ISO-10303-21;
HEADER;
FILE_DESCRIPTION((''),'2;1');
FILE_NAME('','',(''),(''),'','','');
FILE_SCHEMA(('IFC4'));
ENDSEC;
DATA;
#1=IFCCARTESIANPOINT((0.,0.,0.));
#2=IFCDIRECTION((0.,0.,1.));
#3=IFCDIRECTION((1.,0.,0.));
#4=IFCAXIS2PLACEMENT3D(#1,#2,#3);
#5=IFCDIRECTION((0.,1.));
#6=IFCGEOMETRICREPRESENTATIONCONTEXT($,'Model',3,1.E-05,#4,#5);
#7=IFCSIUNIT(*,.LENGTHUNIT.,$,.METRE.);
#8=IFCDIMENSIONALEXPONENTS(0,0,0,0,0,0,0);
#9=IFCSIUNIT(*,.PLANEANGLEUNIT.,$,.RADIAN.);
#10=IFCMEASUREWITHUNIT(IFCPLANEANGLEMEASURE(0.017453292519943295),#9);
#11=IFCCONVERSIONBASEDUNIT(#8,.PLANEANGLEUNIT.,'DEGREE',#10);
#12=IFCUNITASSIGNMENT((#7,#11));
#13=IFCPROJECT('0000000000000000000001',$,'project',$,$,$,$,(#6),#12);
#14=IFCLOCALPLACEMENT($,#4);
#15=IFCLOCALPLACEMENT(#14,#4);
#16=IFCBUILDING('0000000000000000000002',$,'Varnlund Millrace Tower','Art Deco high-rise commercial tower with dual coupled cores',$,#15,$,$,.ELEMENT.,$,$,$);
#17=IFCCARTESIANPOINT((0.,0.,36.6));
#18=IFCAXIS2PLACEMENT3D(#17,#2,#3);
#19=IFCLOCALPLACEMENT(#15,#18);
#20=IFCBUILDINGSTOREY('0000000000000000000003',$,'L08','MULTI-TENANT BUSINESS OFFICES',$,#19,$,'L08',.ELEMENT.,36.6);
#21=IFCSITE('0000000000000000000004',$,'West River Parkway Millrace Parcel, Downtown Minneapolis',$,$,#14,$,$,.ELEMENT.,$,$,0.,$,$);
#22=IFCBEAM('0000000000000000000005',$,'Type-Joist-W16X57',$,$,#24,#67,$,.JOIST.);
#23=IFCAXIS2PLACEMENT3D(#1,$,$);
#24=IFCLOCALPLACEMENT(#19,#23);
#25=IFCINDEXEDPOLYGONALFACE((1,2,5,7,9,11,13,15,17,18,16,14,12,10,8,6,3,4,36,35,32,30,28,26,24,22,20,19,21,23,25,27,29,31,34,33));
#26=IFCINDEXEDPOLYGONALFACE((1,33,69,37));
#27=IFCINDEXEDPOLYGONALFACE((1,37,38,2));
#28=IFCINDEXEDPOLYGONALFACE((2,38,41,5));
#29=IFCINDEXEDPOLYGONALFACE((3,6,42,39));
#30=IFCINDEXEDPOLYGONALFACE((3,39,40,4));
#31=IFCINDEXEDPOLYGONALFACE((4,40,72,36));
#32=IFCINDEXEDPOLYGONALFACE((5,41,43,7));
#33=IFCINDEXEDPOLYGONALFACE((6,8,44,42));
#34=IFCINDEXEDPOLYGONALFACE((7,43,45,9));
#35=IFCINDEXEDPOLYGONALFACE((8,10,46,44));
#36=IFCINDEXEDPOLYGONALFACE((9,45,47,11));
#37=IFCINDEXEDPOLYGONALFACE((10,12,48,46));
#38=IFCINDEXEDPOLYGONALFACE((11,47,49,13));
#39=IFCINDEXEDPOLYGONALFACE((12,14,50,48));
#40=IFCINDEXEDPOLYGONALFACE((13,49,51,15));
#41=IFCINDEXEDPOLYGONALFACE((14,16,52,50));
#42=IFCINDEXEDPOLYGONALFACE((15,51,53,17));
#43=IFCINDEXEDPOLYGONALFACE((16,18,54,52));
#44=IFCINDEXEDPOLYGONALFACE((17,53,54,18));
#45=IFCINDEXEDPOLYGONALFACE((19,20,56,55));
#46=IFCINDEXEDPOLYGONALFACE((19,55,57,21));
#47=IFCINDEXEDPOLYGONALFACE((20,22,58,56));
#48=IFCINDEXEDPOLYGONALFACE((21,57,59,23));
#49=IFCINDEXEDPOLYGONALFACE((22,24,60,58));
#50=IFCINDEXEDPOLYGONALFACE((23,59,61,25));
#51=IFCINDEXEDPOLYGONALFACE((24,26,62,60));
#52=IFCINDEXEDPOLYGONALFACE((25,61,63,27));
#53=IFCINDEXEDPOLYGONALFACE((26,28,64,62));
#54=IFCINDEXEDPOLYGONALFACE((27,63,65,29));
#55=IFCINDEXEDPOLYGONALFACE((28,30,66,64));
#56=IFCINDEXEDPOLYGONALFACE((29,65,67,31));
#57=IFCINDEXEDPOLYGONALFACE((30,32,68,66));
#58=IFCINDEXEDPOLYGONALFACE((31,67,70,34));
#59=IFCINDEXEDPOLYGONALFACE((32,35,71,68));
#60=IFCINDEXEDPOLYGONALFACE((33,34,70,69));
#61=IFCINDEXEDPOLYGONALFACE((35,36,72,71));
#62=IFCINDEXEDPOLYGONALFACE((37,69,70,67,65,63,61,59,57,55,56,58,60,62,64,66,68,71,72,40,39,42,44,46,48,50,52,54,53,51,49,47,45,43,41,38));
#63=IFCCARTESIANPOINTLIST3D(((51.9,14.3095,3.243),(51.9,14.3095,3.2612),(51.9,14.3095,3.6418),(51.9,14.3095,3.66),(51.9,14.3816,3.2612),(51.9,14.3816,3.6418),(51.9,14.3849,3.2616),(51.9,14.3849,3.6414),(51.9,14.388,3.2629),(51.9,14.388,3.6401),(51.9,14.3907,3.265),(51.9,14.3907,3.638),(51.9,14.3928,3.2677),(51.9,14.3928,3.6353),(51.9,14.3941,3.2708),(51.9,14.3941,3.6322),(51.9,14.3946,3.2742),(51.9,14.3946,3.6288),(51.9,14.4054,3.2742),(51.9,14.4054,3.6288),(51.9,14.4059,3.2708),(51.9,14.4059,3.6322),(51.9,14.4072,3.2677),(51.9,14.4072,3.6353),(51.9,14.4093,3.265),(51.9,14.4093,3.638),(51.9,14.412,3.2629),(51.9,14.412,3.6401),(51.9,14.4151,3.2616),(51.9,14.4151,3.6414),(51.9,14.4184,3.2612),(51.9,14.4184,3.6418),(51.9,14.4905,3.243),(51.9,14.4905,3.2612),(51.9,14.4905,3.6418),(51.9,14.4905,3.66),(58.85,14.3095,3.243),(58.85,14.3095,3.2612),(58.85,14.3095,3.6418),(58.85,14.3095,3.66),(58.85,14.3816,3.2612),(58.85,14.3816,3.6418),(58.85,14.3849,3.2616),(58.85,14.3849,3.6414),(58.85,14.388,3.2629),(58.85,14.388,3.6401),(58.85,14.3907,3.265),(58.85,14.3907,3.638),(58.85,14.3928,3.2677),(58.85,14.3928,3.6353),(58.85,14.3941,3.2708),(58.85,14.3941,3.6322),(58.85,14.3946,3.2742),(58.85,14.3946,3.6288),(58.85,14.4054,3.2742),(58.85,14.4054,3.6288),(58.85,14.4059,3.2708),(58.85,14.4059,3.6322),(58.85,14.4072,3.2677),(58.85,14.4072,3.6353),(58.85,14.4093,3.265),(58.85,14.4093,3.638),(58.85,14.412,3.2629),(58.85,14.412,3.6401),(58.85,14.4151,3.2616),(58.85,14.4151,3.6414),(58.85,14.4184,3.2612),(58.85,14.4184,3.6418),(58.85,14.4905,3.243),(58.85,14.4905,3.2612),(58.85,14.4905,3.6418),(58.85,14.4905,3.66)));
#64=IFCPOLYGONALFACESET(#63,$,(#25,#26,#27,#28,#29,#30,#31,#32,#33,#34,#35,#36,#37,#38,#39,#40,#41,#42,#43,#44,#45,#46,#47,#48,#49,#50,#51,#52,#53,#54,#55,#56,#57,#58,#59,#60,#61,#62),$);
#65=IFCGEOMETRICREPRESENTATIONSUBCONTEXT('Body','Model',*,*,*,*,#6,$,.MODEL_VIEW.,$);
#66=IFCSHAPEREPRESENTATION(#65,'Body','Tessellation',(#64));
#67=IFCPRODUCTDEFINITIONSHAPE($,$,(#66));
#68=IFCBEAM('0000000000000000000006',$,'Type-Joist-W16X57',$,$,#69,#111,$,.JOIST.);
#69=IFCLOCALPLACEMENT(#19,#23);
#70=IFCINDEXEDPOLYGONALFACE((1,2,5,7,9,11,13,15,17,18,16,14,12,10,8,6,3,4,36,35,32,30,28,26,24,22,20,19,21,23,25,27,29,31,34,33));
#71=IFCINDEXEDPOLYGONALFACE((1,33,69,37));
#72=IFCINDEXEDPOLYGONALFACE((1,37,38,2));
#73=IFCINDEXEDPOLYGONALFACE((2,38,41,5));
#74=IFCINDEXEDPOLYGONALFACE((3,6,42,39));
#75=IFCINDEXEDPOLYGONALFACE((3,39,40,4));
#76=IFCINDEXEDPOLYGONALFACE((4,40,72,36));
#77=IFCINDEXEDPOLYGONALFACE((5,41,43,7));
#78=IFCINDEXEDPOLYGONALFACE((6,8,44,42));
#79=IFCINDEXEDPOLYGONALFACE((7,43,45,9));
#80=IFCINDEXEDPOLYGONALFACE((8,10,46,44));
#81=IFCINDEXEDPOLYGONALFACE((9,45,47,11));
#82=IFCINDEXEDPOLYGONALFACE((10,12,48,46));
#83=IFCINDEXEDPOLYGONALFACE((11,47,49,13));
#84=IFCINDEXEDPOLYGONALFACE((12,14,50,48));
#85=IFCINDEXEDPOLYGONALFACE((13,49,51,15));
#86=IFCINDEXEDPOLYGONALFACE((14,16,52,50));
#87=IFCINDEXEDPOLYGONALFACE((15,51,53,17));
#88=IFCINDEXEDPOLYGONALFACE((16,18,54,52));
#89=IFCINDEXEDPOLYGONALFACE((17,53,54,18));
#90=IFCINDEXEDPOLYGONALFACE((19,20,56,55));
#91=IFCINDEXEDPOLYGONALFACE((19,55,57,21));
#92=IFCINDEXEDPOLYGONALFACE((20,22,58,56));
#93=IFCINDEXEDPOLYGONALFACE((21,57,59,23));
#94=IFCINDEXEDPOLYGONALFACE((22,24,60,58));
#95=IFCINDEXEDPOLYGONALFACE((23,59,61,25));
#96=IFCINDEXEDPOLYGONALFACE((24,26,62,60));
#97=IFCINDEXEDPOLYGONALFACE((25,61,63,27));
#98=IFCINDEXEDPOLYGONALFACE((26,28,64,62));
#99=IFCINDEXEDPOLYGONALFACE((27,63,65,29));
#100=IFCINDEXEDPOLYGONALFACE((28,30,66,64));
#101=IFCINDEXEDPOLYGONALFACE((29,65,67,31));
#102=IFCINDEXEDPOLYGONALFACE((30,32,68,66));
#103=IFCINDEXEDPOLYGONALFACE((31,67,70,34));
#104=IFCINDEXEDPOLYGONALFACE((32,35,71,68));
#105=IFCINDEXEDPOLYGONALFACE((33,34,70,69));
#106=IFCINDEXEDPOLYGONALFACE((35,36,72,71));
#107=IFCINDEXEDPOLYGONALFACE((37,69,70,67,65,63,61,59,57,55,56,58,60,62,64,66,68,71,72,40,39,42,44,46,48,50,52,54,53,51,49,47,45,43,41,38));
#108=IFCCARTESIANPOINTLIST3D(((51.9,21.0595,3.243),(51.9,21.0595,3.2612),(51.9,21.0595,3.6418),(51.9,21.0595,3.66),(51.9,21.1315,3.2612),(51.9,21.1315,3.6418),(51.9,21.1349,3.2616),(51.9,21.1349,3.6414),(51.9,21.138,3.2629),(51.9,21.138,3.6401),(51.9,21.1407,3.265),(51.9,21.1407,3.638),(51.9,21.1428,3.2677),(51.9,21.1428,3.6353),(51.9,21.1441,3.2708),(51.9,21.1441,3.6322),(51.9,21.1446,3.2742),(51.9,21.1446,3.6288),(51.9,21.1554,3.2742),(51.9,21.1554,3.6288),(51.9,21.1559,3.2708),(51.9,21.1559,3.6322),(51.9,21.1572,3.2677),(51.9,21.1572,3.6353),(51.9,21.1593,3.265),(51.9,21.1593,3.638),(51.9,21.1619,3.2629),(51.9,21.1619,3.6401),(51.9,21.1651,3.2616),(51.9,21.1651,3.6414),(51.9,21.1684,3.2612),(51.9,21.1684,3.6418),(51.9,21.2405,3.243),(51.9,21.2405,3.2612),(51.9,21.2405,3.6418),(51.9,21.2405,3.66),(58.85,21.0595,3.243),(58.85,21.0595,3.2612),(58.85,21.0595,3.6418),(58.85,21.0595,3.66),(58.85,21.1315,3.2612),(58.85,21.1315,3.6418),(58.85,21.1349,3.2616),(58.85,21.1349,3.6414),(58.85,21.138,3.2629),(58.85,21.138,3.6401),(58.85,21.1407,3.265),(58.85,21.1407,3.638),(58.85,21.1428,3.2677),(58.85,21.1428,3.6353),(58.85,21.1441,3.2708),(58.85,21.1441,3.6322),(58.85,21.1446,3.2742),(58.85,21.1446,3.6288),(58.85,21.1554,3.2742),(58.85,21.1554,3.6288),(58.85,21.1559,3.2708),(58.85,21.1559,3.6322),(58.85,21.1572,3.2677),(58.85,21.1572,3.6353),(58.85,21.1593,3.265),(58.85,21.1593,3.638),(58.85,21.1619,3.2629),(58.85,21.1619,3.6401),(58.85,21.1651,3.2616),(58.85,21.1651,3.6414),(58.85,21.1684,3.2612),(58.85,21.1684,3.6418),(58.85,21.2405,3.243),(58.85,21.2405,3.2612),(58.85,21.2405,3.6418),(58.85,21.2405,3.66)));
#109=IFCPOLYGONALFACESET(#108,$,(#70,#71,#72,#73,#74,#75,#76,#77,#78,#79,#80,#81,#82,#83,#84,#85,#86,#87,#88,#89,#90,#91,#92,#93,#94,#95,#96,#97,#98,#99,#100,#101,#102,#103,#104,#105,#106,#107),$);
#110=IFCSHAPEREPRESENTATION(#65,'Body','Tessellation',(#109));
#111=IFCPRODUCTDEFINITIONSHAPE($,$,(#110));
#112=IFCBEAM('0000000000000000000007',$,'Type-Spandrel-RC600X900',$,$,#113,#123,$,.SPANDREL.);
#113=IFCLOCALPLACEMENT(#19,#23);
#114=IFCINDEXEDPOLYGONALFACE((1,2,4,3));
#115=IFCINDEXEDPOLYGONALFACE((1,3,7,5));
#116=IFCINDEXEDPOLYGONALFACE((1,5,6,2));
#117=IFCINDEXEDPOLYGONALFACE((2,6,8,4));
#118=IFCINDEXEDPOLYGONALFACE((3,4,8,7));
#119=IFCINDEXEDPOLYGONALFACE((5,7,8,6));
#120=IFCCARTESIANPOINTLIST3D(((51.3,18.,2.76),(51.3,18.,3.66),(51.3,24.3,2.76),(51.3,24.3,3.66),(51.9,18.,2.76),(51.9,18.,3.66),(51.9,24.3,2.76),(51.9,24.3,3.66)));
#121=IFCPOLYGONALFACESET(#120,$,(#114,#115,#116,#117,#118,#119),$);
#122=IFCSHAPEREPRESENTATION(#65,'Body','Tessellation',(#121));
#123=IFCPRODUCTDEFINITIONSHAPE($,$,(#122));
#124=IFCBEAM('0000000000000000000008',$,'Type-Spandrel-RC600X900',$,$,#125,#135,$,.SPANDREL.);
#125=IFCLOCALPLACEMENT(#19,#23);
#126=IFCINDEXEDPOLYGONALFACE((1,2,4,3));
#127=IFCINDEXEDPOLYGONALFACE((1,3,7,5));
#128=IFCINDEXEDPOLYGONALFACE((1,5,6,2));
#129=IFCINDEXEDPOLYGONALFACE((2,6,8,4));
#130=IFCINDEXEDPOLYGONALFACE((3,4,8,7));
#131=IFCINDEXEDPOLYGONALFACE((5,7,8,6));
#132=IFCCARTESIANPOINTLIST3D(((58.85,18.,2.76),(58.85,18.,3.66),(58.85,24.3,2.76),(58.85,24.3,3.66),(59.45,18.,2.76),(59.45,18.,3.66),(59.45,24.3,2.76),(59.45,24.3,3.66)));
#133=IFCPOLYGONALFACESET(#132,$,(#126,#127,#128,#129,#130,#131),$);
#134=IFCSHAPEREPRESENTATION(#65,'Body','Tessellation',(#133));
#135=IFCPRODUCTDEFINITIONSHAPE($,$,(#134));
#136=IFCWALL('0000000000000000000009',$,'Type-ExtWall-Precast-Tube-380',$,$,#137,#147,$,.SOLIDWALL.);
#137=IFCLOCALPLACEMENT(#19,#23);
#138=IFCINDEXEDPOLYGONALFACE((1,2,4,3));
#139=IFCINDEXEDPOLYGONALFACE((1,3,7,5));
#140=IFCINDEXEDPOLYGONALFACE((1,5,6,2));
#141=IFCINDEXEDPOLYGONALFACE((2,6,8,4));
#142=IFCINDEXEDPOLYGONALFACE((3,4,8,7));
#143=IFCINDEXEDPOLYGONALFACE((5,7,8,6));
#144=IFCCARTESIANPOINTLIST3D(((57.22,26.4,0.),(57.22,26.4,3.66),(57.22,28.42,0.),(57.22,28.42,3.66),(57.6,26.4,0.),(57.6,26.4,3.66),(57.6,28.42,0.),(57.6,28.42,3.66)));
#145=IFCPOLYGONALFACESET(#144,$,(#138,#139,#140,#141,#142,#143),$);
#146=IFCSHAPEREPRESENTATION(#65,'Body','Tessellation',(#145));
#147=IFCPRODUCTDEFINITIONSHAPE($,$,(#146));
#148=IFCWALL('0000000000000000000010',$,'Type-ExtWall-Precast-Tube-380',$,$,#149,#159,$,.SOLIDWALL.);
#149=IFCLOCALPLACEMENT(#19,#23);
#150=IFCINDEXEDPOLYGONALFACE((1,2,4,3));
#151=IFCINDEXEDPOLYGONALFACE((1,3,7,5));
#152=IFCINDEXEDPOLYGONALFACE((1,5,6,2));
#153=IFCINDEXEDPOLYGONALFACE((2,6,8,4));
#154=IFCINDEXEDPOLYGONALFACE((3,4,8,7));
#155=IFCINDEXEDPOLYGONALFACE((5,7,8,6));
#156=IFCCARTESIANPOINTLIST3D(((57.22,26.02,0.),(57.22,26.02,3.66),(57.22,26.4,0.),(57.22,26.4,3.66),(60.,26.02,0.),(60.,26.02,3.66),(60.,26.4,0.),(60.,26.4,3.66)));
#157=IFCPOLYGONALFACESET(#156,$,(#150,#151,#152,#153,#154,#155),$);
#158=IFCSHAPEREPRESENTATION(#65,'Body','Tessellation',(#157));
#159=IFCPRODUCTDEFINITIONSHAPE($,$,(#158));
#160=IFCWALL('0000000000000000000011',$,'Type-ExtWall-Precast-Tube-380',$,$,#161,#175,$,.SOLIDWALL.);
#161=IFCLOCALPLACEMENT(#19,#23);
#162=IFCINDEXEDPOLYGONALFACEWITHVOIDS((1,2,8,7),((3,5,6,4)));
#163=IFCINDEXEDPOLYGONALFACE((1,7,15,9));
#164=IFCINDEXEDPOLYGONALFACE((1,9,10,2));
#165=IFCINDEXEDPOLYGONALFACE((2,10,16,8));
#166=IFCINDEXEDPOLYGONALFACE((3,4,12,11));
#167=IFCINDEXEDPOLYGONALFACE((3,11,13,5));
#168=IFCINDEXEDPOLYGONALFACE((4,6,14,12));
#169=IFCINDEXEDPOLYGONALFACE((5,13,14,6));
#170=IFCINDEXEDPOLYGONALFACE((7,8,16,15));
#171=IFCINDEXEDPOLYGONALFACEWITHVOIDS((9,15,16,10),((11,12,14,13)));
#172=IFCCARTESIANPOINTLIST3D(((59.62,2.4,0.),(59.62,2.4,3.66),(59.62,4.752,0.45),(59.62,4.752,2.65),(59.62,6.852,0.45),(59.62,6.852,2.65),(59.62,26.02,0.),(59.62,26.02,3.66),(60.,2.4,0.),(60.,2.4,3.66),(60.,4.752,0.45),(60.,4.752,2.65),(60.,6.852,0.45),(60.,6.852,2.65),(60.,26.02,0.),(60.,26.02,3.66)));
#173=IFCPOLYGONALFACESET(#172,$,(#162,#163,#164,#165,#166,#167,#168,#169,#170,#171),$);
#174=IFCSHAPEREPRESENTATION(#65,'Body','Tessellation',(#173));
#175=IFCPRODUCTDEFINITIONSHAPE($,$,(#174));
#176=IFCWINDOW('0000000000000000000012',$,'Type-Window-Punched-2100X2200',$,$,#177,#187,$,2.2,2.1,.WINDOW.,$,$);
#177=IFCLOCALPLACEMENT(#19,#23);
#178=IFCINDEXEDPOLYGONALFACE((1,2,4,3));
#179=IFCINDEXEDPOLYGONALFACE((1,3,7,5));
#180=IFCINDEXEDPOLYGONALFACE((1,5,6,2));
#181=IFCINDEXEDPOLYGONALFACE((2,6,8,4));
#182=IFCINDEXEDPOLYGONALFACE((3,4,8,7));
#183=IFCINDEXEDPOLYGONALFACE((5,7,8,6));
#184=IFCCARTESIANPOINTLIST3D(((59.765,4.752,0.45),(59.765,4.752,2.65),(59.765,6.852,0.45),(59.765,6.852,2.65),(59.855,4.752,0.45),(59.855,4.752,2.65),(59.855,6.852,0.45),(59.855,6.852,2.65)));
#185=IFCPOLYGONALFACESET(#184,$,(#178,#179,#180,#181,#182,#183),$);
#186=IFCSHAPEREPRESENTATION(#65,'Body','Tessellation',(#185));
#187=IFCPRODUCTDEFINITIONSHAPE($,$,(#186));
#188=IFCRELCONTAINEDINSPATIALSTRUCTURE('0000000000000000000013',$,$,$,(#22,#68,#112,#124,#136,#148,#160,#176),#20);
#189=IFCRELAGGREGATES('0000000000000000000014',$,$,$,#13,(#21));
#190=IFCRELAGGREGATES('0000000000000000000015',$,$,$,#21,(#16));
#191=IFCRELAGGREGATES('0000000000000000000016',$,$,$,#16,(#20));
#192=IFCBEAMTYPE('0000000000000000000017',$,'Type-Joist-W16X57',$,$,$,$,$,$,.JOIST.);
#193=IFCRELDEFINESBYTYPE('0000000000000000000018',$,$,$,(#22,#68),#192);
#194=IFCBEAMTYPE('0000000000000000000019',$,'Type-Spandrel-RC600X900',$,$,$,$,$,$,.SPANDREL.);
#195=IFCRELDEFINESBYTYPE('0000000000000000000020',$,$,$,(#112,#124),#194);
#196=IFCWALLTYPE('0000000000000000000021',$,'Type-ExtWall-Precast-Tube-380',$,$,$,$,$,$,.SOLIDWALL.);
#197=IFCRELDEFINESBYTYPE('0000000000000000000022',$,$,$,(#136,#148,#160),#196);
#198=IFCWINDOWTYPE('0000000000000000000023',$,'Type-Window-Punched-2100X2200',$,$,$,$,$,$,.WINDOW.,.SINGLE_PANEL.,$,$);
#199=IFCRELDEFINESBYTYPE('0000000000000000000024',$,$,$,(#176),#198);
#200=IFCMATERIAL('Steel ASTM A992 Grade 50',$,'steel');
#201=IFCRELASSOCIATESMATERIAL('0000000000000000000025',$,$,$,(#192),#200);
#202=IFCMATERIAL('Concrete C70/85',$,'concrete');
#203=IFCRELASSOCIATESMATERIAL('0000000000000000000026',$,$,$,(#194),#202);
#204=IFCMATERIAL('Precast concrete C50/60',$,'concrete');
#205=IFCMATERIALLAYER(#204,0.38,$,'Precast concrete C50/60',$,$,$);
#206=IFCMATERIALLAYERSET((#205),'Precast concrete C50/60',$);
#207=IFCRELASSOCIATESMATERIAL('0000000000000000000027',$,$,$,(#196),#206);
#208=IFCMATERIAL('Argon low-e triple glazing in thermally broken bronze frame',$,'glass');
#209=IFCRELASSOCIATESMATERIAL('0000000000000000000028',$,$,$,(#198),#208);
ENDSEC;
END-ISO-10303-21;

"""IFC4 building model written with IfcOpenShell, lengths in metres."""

from ifc_helpers import new_model, entity, si_unit, converted_unit, direction, frame, origin_with_axes, origin_2d_with_axis, place, context, subcontext, project, spatial, polyline, rectangle, i_section, outline, extrude, material, layer, layer_set, material_profile, profile_set, type_object, element, fill, save


model = new_model("IFC4")

# Units and contexts
model_context = context("Model", 3, precision=1e-05, world=origin_with_axes(), true_north=direction((0.0, 1.0)))
body_context = subcontext(model_context, "Body", "Model", "MODEL_VIEW")
ifc_project = project(units=[si_unit("LENGTHUNIT", "METRE"), converted_unit("PLANEANGLEUNIT", "DEGREE", entity("IfcPlaneAngleMeasure", 0.017453292519943295), si_unit("PLANEANGLEUNIT", "RADIAN"), dimensions=[0, 0, 0, 0, 0, 0, 0])], contexts=[model_context])

# Site, building, storey
site_placement = place(None, origin_with_axes())
site = spatial("IfcSite", under=ifc_project, at=site_placement, Name="West River Parkway Millrace Parcel, Downtown Minneapolis", CompositionType="ELEMENT", RefElevation=0.0)
building_placement = place(site_placement, origin_with_axes())
building = spatial("IfcBuilding", under=site, at=building_placement, Name="Varnlund Millrace Tower", Description="Art Deco high-rise commercial tower with dual coupled cores", CompositionType="ELEMENT")
storey_placement = place(building_placement, frame((0.0, 0.0, 36.6), z_axis=(0.0, 0.0, 1.0), x_axis=(1.0, 0.0, 0.0)))
storey = spatial("IfcBuildingStorey", under=building, at=storey_placement, Name="L08", Description="MULTI-TENANT BUSINESS OFFICES", LongName="L08", CompositionType="ELEMENT", Elevation=36.6)

# Beams
ifc_material_1 = material(Name="Steel ASTM A992 Grade 50", Category="steel")
ifc_material_profile_1 = material_profile(ifc_material_1, i_section(OverallWidth=0.181, OverallDepth=0.417, WebThickness=0.0109, FlangeThickness=0.0182, FilletRadius=0.013, at=origin_2d_with_axis()), Name="Steel ASTM A992 Grade 50")
ifc_profile_set_1 = profile_set([ifc_material_profile_1], Name="Steel ASTM A992 Grade 50")
beam_type_1 = type_object("IfcBeamType", Name="Type-Joist-W16X57", PredefinedType="JOIST", material=ifc_profile_set_1)
for number, where, z_axis, x_axis, name in (
    (1, (51.9, 14.4, 3.4515), (1.0, 0.0, 0.0), (0.0, 1.0, 0.0), "Type-Joist-W16X57"),
    (2, (51.9, 21.15, 3.4515), (1.0, 0.0, 0.0), (0.0, 1.0, 0.0), "Type-Joist-W16X57"),
):
    element("IfcBeam", number, at=place(storey_placement, frame(where, z_axis=z_axis, x_axis=x_axis)), inside=storey, type_object=beam_type_1, Name=name, PredefinedType="JOIST", context=body_context, shape_type="SweptSolid", body=[
        extrude(i_section(OverallWidth=0.181, OverallDepth=0.417, WebThickness=0.0109, FlangeThickness=0.0182, FilletRadius=0.013, at=origin_2d_with_axis()), origin_with_axes(), (0.0, 0.0, 1.0), 6.95),
    ])
ifc_material_2 = material(Name="Concrete C70/85", Category="concrete")
ifc_material_profile_2 = material_profile(ifc_material_2, rectangle(XDim=0.6, YDim=0.9, at=origin_2d_with_axis()), Name="Concrete C70/85")
ifc_profile_set_2 = profile_set([ifc_material_profile_2], Name="Concrete C70/85")
beam_type_2 = type_object("IfcBeamType", Name="Type-Spandrel-RC600X900", PredefinedType="SPANDREL", material=ifc_profile_set_2)
for number, where, z_axis, x_axis, name in (
    (3, (51.6, 18.0, 3.21), (0.0, 1.0, 0.0), (-1.0, 0.0, 0.0), "Type-Spandrel-RC600X900"),
    (4, (59.15, 18.0, 3.21), (0.0, 1.0, 0.0), (-1.0, 0.0, 0.0), "Type-Spandrel-RC600X900"),
):
    element("IfcBeam", number, at=place(storey_placement, frame(where, z_axis=z_axis, x_axis=x_axis)), inside=storey, type_object=beam_type_2, Name=name, PredefinedType="SPANDREL", context=body_context, shape_type="SweptSolid", body=[
        extrude(rectangle(XDim=0.6, YDim=0.9, at=origin_2d_with_axis()), origin_with_axes(), (0.0, 0.0, 1.0), 6.3),
    ])

# Walls
ifc_material_3 = material(Name="Precast concrete C50/60", Category="concrete")
ifc_layer_1 = layer(ifc_material_3, 0.38, Name="Precast concrete C50/60")
ifc_layer_set_1 = layer_set([ifc_layer_1], Name="Precast concrete C50/60")
wall_type_1 = type_object("IfcWallType", Name="Type-ExtWall-Precast-Tube-380", PredefinedType="SOLIDWALL", material=ifc_layer_set_1)
wall_1_placement = place(storey_placement, frame((57.41, 28.42, 0.0), z_axis=(0.0, 0.0, 1.0), x_axis=(0.0, -1.0, 0.0)))
element("IfcWall", 5, at=wall_1_placement, inside=storey, type_object=wall_type_1, Name="Type-ExtWall-Precast-Tube-380", PredefinedType="SOLIDWALL", context=body_context, shape_type="SweptSolid", body=[
    extrude(outline(polyline([(0.0, -0.19), (2.02, -0.19), (2.02, 0.19), (0.0, 0.19), (0.0, -0.19)])), origin_with_axes(), (0.0, 0.0, 1.0), 3.66),
])
wall_2_placement = place(storey_placement, frame((57.22, 26.21, 0.0), z_axis=(0.0, 0.0, 1.0), x_axis=(1.0, 0.0, 0.0)))
element("IfcWall", 6, at=wall_2_placement, inside=storey, type_object=wall_type_1, Name="Type-ExtWall-Precast-Tube-380", PredefinedType="SOLIDWALL", context=body_context, shape_type="SweptSolid", body=[
    extrude(outline(polyline([(0.0, -0.19), (2.78, -0.19), (2.78, 0.19), (0.0, 0.19), (0.0, -0.19)])), origin_with_axes(), (0.0, 0.0, 1.0), 3.66),
])

# Wall, opening, window
wall_3_placement = place(storey_placement, frame((59.81, 26.02, 0.0), z_axis=(0.0, 0.0, 1.0), x_axis=(0.0, -1.0, 0.0)))
wall_3 = element("IfcWall", 7, at=wall_3_placement, inside=storey, type_object=wall_type_1, Name="Type-ExtWall-Precast-Tube-380", PredefinedType="SOLIDWALL", context=body_context, shape_type="SweptSolid", body=[
    extrude(outline(polyline([(0.0, -0.19), (23.62, -0.19), (23.62, 0.19), (0.0, 0.19), (0.0, -0.19)])), origin_with_axes(), (0.0, 0.0, 1.0), 3.66),
])
opening_placement = place(wall_3_placement, frame((20.218, 0.0, 0.45), z_axis=(0.0, 0.0, 1.0), x_axis=(1.0, 0.0, 0.0)))
opening = element("IfcOpeningElement", 8, at=opening_placement, cuts=wall_3, PredefinedType="OPENING", context=body_context, shape_type="SweptSolid", body=[
    extrude(rectangle(XDim=2.1, YDim=0.4, at=origin_2d_with_axis()), origin_with_axes(), (0.0, 0.0, 1.0), 2.2),
])
ifc_material_4 = material(Name="Argon low-e triple glazing in thermally broken bronze frame", Category="glass")
window_type = type_object("IfcWindowType", Name="Type-Window-Punched-2100X2200", PartitioningType="SINGLE_PANEL", PredefinedType="WINDOW", material=ifc_material_4)
window_placement = place(wall_3_placement, frame((20.218, 0.0, 0.45), z_axis=(0.0, 0.0, 1.0), x_axis=(1.0, 0.0, 0.0)))
window = element("IfcWindow", 9, at=window_placement, inside=storey, type_object=window_type, Name="Type-Window-Punched-2100X2200", OverallHeight=2.2, OverallWidth=2.1, PredefinedType="WINDOW", context=body_context, shape_type="SweptSolid", body=[
    extrude(rectangle(XDim=2.1, YDim=0.09, at=origin_2d_with_axis()), origin_with_axes(), (0.0, 0.0, 1.0), 2.2),
])
fill(opening, window)

save(model, "model.ifc")
